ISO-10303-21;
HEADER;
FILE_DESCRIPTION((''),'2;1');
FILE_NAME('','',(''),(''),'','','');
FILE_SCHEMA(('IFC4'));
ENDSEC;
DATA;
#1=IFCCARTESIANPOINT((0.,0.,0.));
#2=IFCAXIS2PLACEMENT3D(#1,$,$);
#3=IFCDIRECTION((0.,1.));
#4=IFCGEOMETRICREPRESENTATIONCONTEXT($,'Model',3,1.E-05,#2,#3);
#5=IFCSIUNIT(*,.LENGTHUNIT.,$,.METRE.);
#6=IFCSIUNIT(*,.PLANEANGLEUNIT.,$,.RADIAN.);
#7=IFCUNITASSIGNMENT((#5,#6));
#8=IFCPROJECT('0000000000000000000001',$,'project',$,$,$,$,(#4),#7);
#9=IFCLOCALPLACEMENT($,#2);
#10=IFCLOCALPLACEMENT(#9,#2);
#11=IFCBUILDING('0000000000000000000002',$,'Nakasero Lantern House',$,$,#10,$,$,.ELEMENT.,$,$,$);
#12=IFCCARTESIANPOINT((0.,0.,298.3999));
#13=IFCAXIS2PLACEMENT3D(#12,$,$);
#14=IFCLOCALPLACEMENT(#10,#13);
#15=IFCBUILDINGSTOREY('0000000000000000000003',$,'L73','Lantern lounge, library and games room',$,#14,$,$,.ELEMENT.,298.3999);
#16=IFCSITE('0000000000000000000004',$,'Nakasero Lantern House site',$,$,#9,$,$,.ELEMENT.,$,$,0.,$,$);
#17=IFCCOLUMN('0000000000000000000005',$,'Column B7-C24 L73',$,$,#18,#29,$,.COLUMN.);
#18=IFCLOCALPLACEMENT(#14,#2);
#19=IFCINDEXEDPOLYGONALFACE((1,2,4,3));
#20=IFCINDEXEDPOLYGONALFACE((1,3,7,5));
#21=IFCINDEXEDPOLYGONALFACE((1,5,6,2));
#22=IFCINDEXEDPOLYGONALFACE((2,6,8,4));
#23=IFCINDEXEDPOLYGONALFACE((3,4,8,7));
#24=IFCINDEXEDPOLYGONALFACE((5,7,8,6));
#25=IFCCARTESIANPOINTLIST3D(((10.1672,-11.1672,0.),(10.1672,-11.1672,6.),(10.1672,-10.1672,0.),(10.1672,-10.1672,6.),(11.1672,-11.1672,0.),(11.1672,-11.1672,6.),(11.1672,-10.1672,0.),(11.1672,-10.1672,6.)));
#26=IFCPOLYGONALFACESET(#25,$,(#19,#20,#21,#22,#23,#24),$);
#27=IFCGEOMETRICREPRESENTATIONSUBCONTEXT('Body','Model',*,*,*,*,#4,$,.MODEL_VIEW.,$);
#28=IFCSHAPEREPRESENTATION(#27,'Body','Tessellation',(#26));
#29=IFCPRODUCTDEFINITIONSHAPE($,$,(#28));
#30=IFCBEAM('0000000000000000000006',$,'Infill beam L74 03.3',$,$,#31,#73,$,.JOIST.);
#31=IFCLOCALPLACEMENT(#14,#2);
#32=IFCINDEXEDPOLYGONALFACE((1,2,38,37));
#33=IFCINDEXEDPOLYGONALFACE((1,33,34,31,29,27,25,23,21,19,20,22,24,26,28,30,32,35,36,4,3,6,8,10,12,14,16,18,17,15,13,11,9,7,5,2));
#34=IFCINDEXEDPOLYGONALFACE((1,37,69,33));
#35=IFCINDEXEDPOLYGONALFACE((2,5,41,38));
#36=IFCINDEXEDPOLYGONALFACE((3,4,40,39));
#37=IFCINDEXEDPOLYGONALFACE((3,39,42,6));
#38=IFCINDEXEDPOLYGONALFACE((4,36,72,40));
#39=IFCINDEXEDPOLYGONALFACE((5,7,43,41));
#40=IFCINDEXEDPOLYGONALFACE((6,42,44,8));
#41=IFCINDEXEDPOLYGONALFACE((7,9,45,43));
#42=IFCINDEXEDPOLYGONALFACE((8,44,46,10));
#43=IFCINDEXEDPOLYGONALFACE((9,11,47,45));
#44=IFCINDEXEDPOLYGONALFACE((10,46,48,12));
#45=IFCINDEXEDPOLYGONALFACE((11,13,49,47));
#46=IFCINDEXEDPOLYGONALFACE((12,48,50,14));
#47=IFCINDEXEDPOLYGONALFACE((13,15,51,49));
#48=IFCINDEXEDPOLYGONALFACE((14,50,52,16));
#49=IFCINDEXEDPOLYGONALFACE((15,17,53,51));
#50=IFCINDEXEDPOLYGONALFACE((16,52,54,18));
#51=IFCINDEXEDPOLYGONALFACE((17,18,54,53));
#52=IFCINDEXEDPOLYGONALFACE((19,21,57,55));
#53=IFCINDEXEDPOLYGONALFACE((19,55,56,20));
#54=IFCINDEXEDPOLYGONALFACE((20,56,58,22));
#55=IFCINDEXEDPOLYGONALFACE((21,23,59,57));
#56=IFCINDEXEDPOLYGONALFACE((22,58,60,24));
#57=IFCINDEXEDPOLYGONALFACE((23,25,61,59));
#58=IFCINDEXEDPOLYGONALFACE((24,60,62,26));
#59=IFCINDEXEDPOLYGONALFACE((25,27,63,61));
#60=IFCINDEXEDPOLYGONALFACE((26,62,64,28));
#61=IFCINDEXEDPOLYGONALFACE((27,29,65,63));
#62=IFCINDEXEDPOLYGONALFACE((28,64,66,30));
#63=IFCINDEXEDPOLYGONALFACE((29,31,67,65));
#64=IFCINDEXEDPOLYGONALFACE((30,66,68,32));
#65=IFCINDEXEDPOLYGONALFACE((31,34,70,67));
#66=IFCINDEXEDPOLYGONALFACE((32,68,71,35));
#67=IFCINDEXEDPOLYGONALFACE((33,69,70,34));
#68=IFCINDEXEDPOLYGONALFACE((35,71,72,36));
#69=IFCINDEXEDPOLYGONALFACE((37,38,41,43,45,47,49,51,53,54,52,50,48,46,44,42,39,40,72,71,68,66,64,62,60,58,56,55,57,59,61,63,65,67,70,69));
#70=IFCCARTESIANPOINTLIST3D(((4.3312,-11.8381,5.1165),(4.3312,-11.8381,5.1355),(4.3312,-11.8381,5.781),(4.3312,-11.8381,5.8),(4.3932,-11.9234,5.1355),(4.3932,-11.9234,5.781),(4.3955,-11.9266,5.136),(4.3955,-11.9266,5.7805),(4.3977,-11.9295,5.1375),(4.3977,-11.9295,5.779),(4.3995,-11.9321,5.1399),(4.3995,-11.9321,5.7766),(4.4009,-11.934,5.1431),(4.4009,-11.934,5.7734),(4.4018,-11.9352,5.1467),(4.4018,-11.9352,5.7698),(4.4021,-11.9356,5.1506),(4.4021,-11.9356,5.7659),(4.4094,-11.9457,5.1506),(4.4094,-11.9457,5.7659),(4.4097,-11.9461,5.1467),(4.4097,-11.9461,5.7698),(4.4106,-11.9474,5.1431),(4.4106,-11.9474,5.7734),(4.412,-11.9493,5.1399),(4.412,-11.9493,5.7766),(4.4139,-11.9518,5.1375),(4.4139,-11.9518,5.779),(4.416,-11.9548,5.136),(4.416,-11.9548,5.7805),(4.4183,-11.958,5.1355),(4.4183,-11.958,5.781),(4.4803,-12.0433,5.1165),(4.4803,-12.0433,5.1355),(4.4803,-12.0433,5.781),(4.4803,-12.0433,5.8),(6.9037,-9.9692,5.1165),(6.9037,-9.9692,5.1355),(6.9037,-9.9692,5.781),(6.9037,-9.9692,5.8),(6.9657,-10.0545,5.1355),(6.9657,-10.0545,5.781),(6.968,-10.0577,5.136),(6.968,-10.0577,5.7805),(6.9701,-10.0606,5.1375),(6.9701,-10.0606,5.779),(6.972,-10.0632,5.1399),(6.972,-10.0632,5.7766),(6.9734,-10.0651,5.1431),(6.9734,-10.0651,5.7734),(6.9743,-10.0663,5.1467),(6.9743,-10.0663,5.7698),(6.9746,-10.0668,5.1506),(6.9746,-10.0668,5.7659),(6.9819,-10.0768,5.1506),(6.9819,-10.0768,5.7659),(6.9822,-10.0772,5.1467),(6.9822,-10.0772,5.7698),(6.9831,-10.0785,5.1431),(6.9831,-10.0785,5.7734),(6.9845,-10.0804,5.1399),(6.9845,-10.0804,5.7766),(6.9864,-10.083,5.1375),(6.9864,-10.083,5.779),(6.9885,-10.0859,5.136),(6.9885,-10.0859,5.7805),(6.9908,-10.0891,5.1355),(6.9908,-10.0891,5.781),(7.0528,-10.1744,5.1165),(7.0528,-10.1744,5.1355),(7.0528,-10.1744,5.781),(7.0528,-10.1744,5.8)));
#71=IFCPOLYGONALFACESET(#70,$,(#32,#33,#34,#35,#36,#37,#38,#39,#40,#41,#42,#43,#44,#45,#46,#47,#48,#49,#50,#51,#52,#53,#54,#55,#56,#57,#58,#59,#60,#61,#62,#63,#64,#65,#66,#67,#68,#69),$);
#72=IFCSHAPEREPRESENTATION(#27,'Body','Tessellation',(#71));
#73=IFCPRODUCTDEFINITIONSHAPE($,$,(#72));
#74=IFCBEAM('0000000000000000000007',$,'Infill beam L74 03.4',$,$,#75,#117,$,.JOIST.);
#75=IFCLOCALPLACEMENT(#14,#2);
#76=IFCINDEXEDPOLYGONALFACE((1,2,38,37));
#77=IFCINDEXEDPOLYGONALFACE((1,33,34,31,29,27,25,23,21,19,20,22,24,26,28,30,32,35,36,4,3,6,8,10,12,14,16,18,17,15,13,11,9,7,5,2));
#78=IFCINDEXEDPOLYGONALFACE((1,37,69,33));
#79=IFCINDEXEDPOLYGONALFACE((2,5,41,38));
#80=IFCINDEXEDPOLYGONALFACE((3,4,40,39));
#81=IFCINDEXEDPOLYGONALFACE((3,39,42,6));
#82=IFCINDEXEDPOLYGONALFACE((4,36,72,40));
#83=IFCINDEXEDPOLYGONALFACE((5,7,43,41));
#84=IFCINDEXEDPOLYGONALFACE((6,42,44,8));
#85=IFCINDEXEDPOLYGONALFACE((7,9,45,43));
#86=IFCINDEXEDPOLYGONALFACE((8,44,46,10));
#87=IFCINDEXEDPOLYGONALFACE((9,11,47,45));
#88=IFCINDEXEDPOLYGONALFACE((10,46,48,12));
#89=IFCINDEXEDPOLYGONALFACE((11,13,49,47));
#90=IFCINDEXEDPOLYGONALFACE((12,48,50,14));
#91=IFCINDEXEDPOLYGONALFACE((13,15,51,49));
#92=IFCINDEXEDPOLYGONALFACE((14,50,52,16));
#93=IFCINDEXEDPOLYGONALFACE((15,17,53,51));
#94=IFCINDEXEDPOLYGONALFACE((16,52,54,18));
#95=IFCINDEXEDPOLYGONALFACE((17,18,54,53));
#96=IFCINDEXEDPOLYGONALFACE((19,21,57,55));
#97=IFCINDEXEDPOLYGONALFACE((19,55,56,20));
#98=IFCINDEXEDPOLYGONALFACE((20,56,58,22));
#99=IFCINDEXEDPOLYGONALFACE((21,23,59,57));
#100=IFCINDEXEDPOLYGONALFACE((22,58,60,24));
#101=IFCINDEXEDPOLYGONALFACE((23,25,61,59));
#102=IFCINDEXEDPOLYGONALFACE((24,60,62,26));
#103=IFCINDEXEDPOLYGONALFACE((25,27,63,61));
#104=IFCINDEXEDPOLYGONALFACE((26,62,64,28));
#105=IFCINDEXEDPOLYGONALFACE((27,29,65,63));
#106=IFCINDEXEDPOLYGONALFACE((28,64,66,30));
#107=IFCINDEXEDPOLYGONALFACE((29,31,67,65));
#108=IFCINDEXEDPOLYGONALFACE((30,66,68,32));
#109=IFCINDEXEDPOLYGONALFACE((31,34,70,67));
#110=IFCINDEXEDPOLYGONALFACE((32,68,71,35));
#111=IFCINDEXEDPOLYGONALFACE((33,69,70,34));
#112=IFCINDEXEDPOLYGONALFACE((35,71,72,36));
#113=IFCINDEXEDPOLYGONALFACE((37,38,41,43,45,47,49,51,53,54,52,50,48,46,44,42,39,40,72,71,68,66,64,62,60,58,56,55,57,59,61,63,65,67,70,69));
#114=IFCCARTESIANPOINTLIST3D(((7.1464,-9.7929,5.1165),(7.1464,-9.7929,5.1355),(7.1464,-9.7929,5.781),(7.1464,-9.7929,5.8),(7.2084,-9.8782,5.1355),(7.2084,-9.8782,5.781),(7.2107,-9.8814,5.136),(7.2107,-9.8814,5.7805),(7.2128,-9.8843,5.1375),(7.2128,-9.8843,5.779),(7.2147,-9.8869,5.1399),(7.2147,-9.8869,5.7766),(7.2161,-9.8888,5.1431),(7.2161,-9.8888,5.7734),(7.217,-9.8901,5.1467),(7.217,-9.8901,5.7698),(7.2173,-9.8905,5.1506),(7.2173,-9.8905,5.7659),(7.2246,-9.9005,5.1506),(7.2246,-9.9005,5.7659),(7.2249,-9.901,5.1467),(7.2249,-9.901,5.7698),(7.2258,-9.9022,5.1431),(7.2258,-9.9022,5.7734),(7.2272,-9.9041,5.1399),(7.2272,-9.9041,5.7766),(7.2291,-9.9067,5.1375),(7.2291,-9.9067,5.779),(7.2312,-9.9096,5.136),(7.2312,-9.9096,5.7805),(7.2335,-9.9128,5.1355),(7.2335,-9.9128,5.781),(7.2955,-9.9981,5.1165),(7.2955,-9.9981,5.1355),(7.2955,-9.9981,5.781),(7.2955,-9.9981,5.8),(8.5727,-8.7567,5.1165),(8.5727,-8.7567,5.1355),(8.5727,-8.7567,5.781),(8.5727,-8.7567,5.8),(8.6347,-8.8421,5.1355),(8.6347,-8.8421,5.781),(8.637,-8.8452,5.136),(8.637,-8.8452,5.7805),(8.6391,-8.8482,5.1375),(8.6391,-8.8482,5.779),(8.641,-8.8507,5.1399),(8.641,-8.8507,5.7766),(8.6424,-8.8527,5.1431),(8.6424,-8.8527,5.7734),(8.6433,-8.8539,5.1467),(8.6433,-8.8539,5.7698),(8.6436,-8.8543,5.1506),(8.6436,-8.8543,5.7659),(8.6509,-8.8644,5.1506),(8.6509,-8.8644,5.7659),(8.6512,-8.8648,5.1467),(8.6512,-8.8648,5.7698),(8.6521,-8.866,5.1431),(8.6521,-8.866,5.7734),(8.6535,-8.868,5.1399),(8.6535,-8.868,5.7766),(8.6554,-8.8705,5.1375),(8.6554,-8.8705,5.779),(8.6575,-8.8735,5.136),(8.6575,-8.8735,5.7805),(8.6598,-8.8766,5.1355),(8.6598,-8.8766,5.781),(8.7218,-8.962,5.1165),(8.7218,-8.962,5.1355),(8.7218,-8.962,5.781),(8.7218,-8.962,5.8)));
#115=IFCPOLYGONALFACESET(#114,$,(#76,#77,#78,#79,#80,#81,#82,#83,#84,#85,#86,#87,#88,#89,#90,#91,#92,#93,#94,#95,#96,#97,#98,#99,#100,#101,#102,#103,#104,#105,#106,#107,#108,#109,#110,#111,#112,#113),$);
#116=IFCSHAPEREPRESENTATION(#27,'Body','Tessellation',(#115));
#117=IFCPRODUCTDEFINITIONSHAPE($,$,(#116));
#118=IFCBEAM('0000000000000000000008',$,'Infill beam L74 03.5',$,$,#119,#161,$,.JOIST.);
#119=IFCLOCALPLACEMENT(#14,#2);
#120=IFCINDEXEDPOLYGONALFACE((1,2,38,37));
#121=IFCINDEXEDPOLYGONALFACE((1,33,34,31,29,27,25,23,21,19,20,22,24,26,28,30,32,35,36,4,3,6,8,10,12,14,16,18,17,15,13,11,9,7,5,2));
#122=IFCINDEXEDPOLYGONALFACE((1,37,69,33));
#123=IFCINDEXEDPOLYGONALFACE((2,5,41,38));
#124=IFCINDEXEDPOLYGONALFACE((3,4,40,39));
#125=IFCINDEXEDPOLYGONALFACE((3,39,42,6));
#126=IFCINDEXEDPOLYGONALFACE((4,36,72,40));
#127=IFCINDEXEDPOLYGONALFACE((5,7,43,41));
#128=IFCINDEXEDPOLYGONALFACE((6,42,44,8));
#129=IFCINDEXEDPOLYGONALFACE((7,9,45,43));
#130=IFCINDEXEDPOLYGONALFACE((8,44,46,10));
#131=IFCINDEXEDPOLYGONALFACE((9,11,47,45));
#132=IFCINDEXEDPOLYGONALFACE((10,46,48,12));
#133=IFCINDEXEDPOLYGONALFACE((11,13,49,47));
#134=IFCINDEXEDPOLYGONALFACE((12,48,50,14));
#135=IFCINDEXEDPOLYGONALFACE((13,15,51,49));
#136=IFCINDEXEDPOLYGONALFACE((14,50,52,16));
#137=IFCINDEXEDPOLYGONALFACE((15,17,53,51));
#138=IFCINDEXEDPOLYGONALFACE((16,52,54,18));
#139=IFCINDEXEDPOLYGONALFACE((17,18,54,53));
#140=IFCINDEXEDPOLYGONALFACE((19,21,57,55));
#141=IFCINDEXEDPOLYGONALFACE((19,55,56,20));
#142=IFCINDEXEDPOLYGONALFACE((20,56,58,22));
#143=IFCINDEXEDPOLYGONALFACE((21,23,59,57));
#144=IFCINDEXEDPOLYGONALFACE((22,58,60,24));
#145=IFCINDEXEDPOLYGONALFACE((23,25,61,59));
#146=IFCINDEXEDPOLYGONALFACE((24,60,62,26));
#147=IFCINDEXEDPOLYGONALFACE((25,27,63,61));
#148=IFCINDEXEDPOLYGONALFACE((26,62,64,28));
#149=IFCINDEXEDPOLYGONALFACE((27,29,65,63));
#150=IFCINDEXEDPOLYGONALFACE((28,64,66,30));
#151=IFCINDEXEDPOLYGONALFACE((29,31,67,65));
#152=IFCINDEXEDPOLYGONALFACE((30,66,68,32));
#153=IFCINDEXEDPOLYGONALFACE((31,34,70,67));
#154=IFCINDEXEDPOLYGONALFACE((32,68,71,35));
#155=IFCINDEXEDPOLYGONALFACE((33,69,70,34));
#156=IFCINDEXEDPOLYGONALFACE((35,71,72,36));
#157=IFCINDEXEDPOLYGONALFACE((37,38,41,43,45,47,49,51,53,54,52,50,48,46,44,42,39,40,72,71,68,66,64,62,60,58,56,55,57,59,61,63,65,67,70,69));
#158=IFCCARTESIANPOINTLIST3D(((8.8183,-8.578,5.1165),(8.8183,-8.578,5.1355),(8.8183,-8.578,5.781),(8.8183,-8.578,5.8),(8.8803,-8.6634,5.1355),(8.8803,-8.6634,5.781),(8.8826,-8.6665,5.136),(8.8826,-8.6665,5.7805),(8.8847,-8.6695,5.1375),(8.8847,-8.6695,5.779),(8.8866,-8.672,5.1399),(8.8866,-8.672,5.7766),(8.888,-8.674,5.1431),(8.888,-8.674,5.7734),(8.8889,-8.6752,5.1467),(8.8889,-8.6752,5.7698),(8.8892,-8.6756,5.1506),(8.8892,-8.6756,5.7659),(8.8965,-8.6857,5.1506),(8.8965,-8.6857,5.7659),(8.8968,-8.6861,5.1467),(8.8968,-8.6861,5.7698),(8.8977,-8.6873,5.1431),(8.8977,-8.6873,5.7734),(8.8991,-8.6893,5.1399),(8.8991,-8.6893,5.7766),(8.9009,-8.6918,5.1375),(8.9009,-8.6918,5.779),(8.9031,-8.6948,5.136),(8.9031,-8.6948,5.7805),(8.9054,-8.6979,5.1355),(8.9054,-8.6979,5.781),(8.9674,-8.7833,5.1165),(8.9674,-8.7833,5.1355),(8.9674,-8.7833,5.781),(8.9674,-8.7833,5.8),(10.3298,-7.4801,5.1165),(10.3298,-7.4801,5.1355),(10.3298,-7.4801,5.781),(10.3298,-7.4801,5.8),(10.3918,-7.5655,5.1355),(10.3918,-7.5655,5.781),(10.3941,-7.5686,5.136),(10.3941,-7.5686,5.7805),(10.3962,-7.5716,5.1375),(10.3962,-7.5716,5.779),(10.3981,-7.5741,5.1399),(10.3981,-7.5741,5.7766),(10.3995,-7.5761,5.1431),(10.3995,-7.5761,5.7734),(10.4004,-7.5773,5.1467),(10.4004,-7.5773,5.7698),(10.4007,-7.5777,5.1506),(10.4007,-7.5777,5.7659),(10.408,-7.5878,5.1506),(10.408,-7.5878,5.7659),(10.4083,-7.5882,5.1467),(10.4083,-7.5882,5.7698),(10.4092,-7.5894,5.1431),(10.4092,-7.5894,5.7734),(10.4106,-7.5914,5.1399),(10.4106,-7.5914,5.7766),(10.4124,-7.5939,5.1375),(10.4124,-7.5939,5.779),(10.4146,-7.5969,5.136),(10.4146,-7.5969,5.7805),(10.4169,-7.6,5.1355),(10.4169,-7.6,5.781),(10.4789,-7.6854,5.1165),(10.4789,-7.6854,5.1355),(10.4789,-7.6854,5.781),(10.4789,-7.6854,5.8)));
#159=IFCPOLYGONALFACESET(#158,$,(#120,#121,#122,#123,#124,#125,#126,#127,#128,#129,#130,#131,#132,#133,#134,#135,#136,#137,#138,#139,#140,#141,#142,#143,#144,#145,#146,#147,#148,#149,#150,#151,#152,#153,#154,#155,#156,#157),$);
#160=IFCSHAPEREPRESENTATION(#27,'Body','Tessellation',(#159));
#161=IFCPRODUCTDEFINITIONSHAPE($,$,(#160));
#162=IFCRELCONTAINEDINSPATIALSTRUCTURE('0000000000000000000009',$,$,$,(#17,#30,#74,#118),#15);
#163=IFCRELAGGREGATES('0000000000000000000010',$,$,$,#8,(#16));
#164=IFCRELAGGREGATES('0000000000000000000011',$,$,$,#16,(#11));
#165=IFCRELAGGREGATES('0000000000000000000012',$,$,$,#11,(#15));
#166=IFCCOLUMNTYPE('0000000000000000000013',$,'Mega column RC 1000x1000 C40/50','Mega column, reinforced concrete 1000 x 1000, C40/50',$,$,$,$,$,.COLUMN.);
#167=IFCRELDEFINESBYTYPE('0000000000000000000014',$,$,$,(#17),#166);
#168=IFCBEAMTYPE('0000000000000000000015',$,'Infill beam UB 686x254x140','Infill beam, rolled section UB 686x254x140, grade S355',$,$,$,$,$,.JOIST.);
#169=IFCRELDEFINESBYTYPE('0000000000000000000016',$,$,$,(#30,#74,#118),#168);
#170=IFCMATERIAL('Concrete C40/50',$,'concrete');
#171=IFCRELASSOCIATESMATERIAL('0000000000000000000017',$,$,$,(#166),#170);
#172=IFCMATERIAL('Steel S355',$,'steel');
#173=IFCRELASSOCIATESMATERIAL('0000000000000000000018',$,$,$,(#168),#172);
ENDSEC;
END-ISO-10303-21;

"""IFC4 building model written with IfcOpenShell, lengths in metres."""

from ifc_helpers import new_model, si_unit, direction, frame, origin, origin_2d, place, context, subcontext, project, spatial, rectangle, i_section, extrude, material, material_profile, profile_set, type_object, element, save


model = new_model("IFC4")

# Units and contexts
model_context = context("Model", 3, precision=1e-05, world=origin(), true_north=direction((0.0, 1.0)))
body_context = subcontext(model_context, "Body", "Model", "MODEL_VIEW")
ifc_project = project(units=[si_unit("LENGTHUNIT", "METRE"), si_unit("PLANEANGLEUNIT", "RADIAN")], contexts=[model_context])

# Site, building, storey
site_placement = place(None, origin())
site = spatial("IfcSite", under=ifc_project, at=site_placement, Name="Nakasero Lantern House site", CompositionType="ELEMENT", RefElevation=0.0)
building_placement = place(site_placement, origin())
building = spatial("IfcBuilding", under=site, at=building_placement, Name="Nakasero Lantern House", CompositionType="ELEMENT")
storey_placement = place(building_placement, frame((0.0, 0.0, 298.3999)))
storey = spatial("IfcBuildingStorey", under=building, at=storey_placement, Name="L73", Description="Lantern lounge, library and games room", CompositionType="ELEMENT", Elevation=298.3999)

# Column
ifc_material_1 = material(Name="Concrete C40/50", Category="concrete")
ifc_material_profile_1 = material_profile(ifc_material_1, rectangle(XDim=1.0, YDim=1.0, at=origin_2d()), Name="RC 1000x1000")
ifc_profile_set_1 = profile_set([ifc_material_profile_1], Name="Concrete C40/50")
column_type = type_object("IfcColumnType", Name="Mega column RC 1000x1000 C40/50", Description="Mega column, reinforced concrete 1000 x 1000, C40/50", PredefinedType="COLUMN", material=ifc_profile_set_1)
column_placement = place(storey_placement, frame((10.6672, -10.6672, 0.0), z_axis=(0.0, 0.0, 1.0), x_axis=(1.0, 0.0, 0.0)))
element("IfcColumn", 1, at=column_placement, inside=storey, type_object=column_type, Name="Column B7-C24 L73", PredefinedType="COLUMN", context=body_context, shape_type="SweptSolid", body=[
    extrude(rectangle(XDim=1.0, YDim=1.0, at=origin_2d()), origin(), (0.0, 0.0, 1.0), 6.0),
])

# Beams
ifc_material_2 = material(Name="Steel S355", Category="steel")
ifc_material_profile_2 = material_profile(ifc_material_2, i_section(OverallWidth=0.2537, OverallDepth=0.6836, WebThickness=0.0125, FlangeThickness=0.019, FilletRadius=0.0151, at=origin_2d()), Name="UB 686x254x140")
ifc_profile_set_2 = profile_set([ifc_material_profile_2], Name="Steel S355")
beam_type_1 = type_object("IfcBeamType", Name="Infill beam UB 686x254x140", Description="Infill beam, rolled section UB 686x254x140, grade S355", PredefinedType="JOIST", material=ifc_profile_set_2)
beam_1_placement = place(storey_placement, frame((4.4058, -11.9407, 5.4583), z_axis=(0.809038, 0.587756, 0.0), x_axis=(-0.587756, 0.809038, 0.0)))
element("IfcBeam", 2, at=beam_1_placement, inside=storey, type_object=beam_type_1, Name="Infill beam L74 03.3", PredefinedType="JOIST", context=body_context, shape_type="SweptSolid", body=[
    extrude(i_section(OverallWidth=0.2537, OverallDepth=0.6836, WebThickness=0.0125, FlangeThickness=0.019, FilletRadius=0.0151, at=origin_2d()), origin(), (0.0, 0.0, 1.0), 3.1797),
])
beam_2_placement = place(storey_placement, frame((7.2209, -9.8955, 5.4583), z_axis=(0.809047, 0.587743, 0.0), x_axis=(-0.587743, 0.809047, 0.0)))
element("IfcBeam", 3, at=beam_2_placement, inside=storey, type_object=beam_type_1, Name="Infill beam L74 03.4", PredefinedType="JOIST", context=body_context, shape_type="SweptSolid", body=[
    extrude(i_section(OverallWidth=0.2537, OverallDepth=0.6836, WebThickness=0.0125, FlangeThickness=0.019, FilletRadius=0.0151, at=origin_2d()), origin(), (0.0, 0.0, 1.0), 1.7629),
])
beam_3_placement = place(storey_placement, frame((8.8928, -8.6807, 5.4583), z_axis=(0.809081, 0.587698, 0.0), x_axis=(-0.587698, 0.809081, 0.0)))
element("IfcBeam", 4, at=beam_3_placement, inside=storey, type_object=beam_type_1, Name="Infill beam L74 03.5", PredefinedType="JOIST", context=body_context, shape_type="SweptSolid", body=[
    extrude(i_section(OverallWidth=0.2537, OverallDepth=0.6836, WebThickness=0.0125, FlangeThickness=0.019, FilletRadius=0.0151, at=origin_2d()), origin(), (0.0, 0.0, 1.0), 1.8682),
])

save(model, "model.ifc")
